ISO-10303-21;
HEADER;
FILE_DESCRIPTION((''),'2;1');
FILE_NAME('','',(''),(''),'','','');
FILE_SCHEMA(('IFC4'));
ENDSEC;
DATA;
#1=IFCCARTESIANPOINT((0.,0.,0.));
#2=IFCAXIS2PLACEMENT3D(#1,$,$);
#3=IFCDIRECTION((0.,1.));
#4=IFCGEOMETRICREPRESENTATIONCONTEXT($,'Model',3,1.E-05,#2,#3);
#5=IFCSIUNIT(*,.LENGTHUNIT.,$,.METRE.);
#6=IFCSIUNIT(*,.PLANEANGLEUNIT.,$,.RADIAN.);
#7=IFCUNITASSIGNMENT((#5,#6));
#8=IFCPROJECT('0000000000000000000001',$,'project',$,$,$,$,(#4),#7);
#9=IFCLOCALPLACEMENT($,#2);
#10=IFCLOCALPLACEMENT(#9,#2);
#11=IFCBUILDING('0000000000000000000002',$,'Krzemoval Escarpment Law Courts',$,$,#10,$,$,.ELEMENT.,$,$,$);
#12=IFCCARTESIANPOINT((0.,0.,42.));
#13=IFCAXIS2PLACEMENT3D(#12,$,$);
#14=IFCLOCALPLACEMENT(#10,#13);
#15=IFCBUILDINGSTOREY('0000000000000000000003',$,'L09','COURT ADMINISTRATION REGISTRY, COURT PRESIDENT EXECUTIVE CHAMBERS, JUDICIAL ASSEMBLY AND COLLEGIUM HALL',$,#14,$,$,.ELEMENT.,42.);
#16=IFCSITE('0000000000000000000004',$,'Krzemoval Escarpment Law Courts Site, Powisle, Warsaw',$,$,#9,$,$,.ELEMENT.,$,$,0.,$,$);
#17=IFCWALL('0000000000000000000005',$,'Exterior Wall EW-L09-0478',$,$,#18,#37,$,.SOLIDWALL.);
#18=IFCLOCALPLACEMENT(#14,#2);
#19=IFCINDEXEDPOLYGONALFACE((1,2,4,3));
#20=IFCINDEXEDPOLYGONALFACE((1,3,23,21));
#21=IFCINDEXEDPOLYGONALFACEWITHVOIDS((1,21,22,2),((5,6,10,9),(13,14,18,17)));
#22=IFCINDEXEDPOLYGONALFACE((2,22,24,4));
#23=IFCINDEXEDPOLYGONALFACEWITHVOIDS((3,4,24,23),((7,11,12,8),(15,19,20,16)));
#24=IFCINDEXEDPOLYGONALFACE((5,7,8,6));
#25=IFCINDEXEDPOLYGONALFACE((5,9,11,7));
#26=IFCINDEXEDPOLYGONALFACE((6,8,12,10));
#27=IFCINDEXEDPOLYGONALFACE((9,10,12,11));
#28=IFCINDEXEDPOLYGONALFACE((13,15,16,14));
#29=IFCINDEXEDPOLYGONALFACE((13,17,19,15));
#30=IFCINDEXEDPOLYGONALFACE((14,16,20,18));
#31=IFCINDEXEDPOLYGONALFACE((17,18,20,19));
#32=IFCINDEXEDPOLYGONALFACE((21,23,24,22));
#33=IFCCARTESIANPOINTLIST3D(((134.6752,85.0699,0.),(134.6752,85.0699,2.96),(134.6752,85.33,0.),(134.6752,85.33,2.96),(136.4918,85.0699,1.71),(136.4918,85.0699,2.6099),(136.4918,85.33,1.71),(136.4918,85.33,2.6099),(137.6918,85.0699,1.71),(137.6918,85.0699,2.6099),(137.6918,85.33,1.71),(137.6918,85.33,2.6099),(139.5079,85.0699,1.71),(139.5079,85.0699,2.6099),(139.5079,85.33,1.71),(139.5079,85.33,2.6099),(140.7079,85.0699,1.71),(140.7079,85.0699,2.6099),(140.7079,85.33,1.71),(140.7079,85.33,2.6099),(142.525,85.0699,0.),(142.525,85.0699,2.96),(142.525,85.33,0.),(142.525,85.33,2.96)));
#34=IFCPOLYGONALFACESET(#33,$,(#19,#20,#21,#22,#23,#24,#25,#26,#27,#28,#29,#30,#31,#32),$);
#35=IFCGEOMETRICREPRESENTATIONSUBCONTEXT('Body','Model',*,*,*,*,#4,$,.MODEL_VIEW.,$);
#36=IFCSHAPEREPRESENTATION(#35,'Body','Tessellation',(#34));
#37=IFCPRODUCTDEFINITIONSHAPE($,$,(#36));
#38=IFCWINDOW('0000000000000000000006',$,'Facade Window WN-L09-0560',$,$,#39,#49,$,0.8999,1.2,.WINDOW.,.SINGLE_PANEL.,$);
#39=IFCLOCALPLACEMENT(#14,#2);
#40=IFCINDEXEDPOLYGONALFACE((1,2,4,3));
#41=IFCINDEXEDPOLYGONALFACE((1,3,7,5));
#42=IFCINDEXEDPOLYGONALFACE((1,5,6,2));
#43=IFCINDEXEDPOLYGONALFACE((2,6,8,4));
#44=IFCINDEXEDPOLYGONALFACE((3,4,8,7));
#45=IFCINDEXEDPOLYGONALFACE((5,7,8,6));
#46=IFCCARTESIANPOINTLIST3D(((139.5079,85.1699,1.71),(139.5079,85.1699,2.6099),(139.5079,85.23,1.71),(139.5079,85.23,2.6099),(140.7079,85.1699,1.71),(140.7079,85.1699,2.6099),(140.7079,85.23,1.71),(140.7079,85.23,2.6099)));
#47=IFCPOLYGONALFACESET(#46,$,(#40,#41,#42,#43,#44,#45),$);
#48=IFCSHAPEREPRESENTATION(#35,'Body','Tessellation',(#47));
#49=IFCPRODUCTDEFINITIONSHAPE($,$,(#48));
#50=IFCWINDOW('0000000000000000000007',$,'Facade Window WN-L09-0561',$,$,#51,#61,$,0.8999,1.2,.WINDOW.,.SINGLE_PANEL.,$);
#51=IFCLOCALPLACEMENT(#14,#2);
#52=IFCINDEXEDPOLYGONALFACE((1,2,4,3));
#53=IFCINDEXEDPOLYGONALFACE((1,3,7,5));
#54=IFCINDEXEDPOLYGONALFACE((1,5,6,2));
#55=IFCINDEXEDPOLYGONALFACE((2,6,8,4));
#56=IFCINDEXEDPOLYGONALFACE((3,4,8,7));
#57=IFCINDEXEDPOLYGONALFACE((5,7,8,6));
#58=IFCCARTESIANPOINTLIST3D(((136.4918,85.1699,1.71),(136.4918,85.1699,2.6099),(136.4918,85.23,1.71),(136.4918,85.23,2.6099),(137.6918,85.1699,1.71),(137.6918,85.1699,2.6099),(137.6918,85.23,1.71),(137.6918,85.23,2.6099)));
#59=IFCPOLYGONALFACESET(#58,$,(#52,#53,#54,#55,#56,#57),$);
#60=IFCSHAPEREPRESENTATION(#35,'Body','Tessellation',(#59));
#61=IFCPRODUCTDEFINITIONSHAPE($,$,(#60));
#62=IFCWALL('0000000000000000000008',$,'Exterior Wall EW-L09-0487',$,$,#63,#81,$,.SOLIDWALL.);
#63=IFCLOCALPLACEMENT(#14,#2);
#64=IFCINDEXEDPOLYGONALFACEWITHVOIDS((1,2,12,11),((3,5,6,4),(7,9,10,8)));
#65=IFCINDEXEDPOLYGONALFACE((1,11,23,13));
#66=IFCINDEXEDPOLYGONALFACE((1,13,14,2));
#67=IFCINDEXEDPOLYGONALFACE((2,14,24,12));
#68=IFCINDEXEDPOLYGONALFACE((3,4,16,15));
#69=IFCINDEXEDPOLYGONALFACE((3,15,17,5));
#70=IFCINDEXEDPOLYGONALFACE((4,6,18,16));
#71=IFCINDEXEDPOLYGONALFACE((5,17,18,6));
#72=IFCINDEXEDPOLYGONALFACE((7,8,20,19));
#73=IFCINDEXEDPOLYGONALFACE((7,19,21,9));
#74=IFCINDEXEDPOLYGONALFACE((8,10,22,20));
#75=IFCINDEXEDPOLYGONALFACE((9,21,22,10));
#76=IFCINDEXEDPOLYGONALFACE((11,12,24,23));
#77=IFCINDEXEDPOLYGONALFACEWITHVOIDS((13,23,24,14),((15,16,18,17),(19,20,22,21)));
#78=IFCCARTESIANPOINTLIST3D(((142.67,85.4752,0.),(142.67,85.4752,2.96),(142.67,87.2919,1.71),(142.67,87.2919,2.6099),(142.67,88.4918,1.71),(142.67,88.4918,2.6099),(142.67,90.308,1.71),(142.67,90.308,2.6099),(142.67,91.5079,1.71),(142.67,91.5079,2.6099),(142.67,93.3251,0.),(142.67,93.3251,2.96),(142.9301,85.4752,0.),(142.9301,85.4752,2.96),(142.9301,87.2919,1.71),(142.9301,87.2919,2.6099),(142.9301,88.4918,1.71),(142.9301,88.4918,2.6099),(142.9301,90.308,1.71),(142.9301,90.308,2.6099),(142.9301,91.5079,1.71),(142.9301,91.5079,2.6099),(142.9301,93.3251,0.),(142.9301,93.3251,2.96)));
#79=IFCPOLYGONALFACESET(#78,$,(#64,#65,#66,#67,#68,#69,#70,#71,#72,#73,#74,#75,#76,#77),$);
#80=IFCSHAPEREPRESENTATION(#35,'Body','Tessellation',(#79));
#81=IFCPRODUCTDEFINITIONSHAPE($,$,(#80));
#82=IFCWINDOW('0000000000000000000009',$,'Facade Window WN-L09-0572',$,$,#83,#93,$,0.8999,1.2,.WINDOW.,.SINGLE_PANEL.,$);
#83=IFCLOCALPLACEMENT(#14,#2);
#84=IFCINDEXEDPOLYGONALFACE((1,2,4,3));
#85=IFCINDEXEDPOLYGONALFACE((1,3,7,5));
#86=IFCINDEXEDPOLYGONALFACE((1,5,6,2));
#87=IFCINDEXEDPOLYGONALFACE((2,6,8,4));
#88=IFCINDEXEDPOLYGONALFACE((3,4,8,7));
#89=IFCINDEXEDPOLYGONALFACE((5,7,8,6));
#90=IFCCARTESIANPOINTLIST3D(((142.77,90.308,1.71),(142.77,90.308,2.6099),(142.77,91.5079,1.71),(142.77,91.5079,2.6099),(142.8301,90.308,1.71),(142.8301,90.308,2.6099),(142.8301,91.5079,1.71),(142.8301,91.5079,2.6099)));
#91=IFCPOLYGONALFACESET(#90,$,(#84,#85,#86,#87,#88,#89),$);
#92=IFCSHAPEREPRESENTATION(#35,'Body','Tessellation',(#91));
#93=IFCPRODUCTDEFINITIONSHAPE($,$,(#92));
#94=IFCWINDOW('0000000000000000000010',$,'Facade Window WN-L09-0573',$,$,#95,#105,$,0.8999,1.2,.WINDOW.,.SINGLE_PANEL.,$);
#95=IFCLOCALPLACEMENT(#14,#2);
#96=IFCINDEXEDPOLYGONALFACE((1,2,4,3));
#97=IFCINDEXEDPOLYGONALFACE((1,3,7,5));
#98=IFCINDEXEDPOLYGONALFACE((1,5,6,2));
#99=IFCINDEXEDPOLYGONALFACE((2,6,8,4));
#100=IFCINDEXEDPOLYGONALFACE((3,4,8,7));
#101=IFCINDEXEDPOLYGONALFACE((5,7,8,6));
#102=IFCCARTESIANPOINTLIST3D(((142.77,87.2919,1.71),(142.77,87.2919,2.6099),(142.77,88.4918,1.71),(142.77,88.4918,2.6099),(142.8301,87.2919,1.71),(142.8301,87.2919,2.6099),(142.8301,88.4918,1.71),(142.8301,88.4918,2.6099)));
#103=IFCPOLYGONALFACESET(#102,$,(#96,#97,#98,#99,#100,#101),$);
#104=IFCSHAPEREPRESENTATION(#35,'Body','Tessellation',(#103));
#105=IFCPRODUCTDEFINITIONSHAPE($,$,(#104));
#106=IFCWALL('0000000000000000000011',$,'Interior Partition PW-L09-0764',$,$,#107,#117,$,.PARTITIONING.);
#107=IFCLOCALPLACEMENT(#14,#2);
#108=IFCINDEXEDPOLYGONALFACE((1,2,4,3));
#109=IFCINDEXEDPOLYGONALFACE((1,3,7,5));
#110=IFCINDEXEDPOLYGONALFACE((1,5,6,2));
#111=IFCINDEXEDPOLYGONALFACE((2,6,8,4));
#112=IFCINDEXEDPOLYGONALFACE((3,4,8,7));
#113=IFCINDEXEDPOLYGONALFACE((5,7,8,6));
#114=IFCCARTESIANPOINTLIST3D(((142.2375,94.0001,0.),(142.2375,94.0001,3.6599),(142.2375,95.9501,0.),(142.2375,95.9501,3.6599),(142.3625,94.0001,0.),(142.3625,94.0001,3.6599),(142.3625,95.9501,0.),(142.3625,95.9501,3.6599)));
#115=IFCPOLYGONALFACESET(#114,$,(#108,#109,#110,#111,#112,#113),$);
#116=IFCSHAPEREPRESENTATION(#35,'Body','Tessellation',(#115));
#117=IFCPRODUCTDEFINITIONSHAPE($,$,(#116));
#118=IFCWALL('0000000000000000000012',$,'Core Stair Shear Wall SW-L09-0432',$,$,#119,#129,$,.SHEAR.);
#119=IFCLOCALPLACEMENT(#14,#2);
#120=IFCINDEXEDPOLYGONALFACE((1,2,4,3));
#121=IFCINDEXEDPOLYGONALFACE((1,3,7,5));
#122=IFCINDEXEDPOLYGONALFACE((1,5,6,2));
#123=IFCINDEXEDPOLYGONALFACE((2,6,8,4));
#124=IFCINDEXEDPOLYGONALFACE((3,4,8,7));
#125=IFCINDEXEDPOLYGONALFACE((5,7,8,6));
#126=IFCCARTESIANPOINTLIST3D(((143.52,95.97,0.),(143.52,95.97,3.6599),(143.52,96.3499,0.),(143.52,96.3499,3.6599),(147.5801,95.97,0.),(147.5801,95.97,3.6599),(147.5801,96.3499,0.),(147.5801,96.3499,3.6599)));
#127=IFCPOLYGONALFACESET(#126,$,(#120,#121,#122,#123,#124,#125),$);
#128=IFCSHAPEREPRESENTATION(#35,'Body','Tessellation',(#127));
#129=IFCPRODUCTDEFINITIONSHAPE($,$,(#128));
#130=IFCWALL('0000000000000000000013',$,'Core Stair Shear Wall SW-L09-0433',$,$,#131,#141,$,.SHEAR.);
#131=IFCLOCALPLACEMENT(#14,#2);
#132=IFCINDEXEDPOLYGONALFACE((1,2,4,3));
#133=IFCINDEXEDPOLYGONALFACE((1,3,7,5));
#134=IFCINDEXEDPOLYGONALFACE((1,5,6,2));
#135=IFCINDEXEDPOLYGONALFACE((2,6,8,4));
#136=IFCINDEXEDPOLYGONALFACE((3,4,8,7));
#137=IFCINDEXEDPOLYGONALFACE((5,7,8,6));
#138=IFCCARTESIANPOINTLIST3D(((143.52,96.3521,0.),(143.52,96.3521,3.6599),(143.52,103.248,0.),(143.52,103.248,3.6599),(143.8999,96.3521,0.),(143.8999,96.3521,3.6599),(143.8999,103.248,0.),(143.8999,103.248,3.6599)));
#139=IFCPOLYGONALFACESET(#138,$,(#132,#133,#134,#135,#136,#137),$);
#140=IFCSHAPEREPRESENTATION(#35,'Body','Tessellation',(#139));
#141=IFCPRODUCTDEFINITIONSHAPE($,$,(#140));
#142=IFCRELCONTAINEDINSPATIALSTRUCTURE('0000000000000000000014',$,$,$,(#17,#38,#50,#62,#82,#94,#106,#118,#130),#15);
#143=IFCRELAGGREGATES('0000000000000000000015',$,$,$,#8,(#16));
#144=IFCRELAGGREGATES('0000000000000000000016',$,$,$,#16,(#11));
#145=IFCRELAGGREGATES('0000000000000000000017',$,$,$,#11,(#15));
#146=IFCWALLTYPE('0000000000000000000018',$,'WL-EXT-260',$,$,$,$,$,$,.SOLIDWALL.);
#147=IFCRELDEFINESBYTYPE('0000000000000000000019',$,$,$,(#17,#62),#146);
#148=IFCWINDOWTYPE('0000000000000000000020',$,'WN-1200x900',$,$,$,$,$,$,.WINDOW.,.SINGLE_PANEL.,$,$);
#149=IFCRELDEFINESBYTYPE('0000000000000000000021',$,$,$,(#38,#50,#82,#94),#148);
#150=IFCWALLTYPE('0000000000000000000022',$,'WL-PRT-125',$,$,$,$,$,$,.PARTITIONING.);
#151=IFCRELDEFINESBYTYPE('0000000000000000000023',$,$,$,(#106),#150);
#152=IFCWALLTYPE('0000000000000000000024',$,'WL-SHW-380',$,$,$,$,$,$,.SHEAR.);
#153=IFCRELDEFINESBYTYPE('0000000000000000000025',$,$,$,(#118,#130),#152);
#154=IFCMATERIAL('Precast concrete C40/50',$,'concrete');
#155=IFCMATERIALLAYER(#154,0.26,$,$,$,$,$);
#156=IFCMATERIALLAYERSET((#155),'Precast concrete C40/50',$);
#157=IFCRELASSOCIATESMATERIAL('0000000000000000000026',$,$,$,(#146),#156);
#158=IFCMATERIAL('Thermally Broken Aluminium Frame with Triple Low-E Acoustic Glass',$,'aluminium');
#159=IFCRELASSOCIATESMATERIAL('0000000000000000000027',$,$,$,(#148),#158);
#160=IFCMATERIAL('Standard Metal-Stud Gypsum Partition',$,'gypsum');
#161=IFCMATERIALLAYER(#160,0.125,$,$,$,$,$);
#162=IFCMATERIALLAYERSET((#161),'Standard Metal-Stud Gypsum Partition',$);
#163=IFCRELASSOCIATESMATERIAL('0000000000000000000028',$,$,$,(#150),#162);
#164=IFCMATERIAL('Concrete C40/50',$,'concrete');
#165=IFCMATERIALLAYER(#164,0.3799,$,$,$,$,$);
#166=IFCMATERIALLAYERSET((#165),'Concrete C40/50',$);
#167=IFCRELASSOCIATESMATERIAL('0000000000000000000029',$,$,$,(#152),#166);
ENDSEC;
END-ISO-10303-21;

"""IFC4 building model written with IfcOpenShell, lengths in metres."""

from ifc_helpers import new_model, si_unit, direction, frame, frame_2d, origin, place, context, subcontext, project, spatial, rectangle, extrude, material, layer, layer_set, type_object, element, fill, save


model = new_model("IFC4")

# Units and contexts
model_context = context("Model", 3, precision=1e-05, world=origin(), true_north=direction((0.0, 1.0)))
body_context = subcontext(model_context, "Body", "Model", "MODEL_VIEW")
ifc_project = project(units=[si_unit("LENGTHUNIT", "METRE"), si_unit("PLANEANGLEUNIT", "RADIAN")], contexts=[model_context])

# Site, building, storey
site_placement = place(None, origin())
site = spatial("IfcSite", under=ifc_project, at=site_placement, Name="Krzemoval Escarpment Law Courts Site, Powisle, Warsaw", CompositionType="ELEMENT", RefElevation=0.0)
building_placement = place(site_placement, origin())
building = spatial("IfcBuilding", under=site, at=building_placement, Name="Krzemoval Escarpment Law Courts", CompositionType="ELEMENT")
storey_placement = place(building_placement, frame((0.0, 0.0, 42.0)))
storey = spatial("IfcBuildingStorey", under=building, at=storey_placement, Name="L09", Description="COURT ADMINISTRATION REGISTRY, COURT PRESIDENT EXECUTIVE CHAMBERS, JUDICIAL ASSEMBLY AND COLLEGIUM HALL", CompositionType="ELEMENT", Elevation=42.0)

# Walls, openings, windows
ifc_material_1 = material(Name="Precast concrete C40/50", Category="concrete")
ifc_layer_1 = layer(ifc_material_1, 0.26)
ifc_layer_set_1 = layer_set([ifc_layer_1], Name="Precast concrete C40/50")
wall_type_1 = type_object("IfcWallType", Name="WL-EXT-260", PredefinedType="SOLIDWALL", material=ifc_layer_set_1)
wall_1_placement = place(storey_placement, frame((142.5249, 85.2, 0.0), z_axis=(0.0, 0.0, 1.0), x_axis=(-1.0, 0.0, 0.0)))
wall_1 = element("IfcWall", 1, at=wall_1_placement, inside=storey, type_object=wall_type_1, Name="Exterior Wall EW-L09-0478", PredefinedType="SOLIDWALL", context=body_context, shape_type="SweptSolid", body=[
    extrude(rectangle(XDim=7.8499, YDim=0.26, at=frame_2d((3.9248, 0.0))), origin(), (0.0, 0.0, 1.0), 2.96),
])
opening_1_placement = place(wall_1_placement, frame((1.8169, 0.0, 1.71)))
opening_1 = element("IfcOpeningElement", 2, at=opening_1_placement, cuts=wall_1, PredefinedType="OPENING", context=body_context, shape_type="SweptSolid", body=[
    extrude(rectangle(XDim=1.2, YDim=0.8999, at=frame_2d((0.6001, 0.45))), frame((0.0, 0.145, 0.0), z_axis=(0.0, -1.0, 0.0), x_axis=(1.0, 0.0, 0.0)), (0.0, 0.0, 1.0), 0.29),
])
opening_2_placement = place(wall_1_placement, frame((4.833, 0.0, 1.71)))
opening_2 = element("IfcOpeningElement", 3, at=opening_2_placement, cuts=wall_1, PredefinedType="OPENING", context=body_context, shape_type="SweptSolid", body=[
    extrude(rectangle(XDim=1.2, YDim=0.8999, at=frame_2d((0.6001, 0.45))), frame((0.0, 0.145, 0.0), z_axis=(0.0, -1.0, 0.0), x_axis=(1.0, 0.0, 0.0)), (0.0, 0.0, 1.0), 0.29),
])
ifc_material_2 = material(Name="Thermally Broken Aluminium Frame with Triple Low-E Acoustic Glass", Category="aluminium")
window_type = type_object("IfcWindowType", Name="WN-1200x900", PartitioningType="SINGLE_PANEL", PredefinedType="WINDOW", material=ifc_material_2)
window_1_placement = place(opening_1_placement, origin())
window_1 = element("IfcWindow", 4, at=window_1_placement, inside=storey, type_object=window_type, Name="Facade Window WN-L09-0560", OverallHeight=0.8999, OverallWidth=1.2, PartitioningType="SINGLE_PANEL", PredefinedType="WINDOW", context=body_context, shape_type="SweptSolid", body=[
    extrude(rectangle(XDim=1.2, YDim=0.8999, at=frame_2d((0.6001, 0.45))), frame((0.0, 0.03, 0.0), z_axis=(0.0, -1.0, 0.0), x_axis=(1.0, 0.0, 0.0)), (0.0, 0.0, 1.0), 0.0601),
])
fill(opening_1, window_1)
window_2_placement = place(opening_2_placement, origin())
window_2 = element("IfcWindow", 5, at=window_2_placement, inside=storey, type_object=window_type, Name="Facade Window WN-L09-0561", OverallHeight=0.8999, OverallWidth=1.2, PartitioningType="SINGLE_PANEL", PredefinedType="WINDOW", context=body_context, shape_type="SweptSolid", body=[
    extrude(rectangle(XDim=1.2, YDim=0.8999, at=frame_2d((0.6001, 0.45))), frame((0.0, 0.03, 0.0), z_axis=(0.0, -1.0, 0.0), x_axis=(1.0, 0.0, 0.0)), (0.0, 0.0, 1.0), 0.0601),
])
fill(opening_2, window_2)
wall_2_placement = place(storey_placement, frame((142.8, 93.325, 0.0), z_axis=(0.0, 0.0, 1.0), x_axis=(0.0, -1.0, 0.0)))
wall_2 = element("IfcWall", 6, at=wall_2_placement, inside=storey, type_object=wall_type_1, Name="Exterior Wall EW-L09-0487", PredefinedType="SOLIDWALL", context=body_context, shape_type="SweptSolid", body=[
    extrude(rectangle(XDim=7.8499, YDim=0.26, at=frame_2d((3.9248, 0.0))), origin(), (0.0, 0.0, 1.0), 2.96),
])
opening_3_placement = place(wall_2_placement, frame((1.8169, 0.0, 1.71)))
opening_3 = element("IfcOpeningElement", 7, at=opening_3_placement, cuts=wall_2, PredefinedType="OPENING", context=body_context, shape_type="SweptSolid", body=[
    extrude(rectangle(XDim=1.2, YDim=0.8999, at=frame_2d((0.6001, 0.45))), frame((0.0, 0.145, 0.0), z_axis=(0.0, -1.0, 0.0), x_axis=(1.0, 0.0, 0.0)), (0.0, 0.0, 1.0), 0.29),
])
opening_4_placement = place(wall_2_placement, frame((4.833, 0.0, 1.71)))
opening_4 = element("IfcOpeningElement", 8, at=opening_4_placement, cuts=wall_2, PredefinedType="OPENING", context=body_context, shape_type="SweptSolid", body=[
    extrude(rectangle(XDim=1.2, YDim=0.8999, at=frame_2d((0.6001, 0.45))), frame((0.0, 0.145, 0.0), z_axis=(0.0, -1.0, 0.0), x_axis=(1.0, 0.0, 0.0)), (0.0, 0.0, 1.0), 0.29),
])
window_3_placement = place(opening_3_placement, origin())
window_3 = element("IfcWindow", 9, at=window_3_placement, inside=storey, type_object=window_type, Name="Facade Window WN-L09-0572", OverallHeight=0.8999, OverallWidth=1.2, PartitioningType="SINGLE_PANEL", PredefinedType="WINDOW", context=body_context, shape_type="SweptSolid", body=[
    extrude(rectangle(XDim=1.2, YDim=0.8999, at=frame_2d((0.6001, 0.45))), frame((0.0, 0.03, 0.0), z_axis=(0.0, -1.0, 0.0), x_axis=(1.0, 0.0, 0.0)), (0.0, 0.0, 1.0), 0.0601),
])
fill(opening_3, window_3)
window_4_placement = place(opening_4_placement, origin())
window_4 = element("IfcWindow", 10, at=window_4_placement, inside=storey, type_object=window_type, Name="Facade Window WN-L09-0573", OverallHeight=0.8999, OverallWidth=1.2, PartitioningType="SINGLE_PANEL", PredefinedType="WINDOW", context=body_context, shape_type="SweptSolid", body=[
    extrude(rectangle(XDim=1.2, YDim=0.8999, at=frame_2d((0.6001, 0.45))), frame((0.0, 0.03, 0.0), z_axis=(0.0, -1.0, 0.0), x_axis=(1.0, 0.0, 0.0)), (0.0, 0.0, 1.0), 0.0601),
])
fill(opening_4, window_4)

# Walls
ifc_material_3 = material(Name="Standard Metal-Stud Gypsum Partition", Category="gypsum")
ifc_layer_2 = layer(ifc_material_3, 0.125)
ifc_layer_set_2 = layer_set([ifc_layer_2], Name="Standard Metal-Stud Gypsum Partition")
wall_type_2 = type_object("IfcWallType", Name="WL-PRT-125", PredefinedType="PARTITIONING", material=ifc_layer_set_2)
wall_3_placement = place(storey_placement, frame((142.3, 94.0, 0.0), z_axis=(0.0, 0.0, 1.0), x_axis=(0.0, 1.0, 0.0)))
element("IfcWall", 11, at=wall_3_placement, inside=storey, type_object=wall_type_2, Name="Interior Partition PW-L09-0764", PredefinedType="PARTITIONING", context=body_context, shape_type="SweptSolid", body=[
    extrude(rectangle(XDim=1.95, YDim=0.125, at=frame_2d((0.9751, 0.0))), origin(), (0.0, 0.0, 1.0), 3.6599),
])
ifc_material_4 = material(Name="Concrete C40/50", Category="concrete")
ifc_layer_3 = layer(ifc_material_4, 0.3799)
ifc_layer_set_3 = layer_set([ifc_layer_3], Name="Concrete C40/50")
wall_type_3 = type_object("IfcWallType", Name="WL-SHW-380", PredefinedType="SHEAR", material=ifc_layer_set_3)
wall_4_placement = place(storey_placement, frame((143.52, 96.1599, 0.0), z_axis=(0.0, 0.0, 1.0), x_axis=(1.0, 0.0, 0.0)))
element("IfcWall", 12, at=wall_4_placement, inside=storey, type_object=wall_type_3, Name="Core Stair Shear Wall SW-L09-0432", PredefinedType="SHEAR", context=body_context, shape_type="SweptSolid", body=[
    extrude(rectangle(XDim=4.0601, YDim=0.3799, at=frame_2d((2.03, 0.0))), origin(), (0.0, 0.0, 1.0), 3.6599),
])
wall_5_placement = place(storey_placement, frame((143.71, 96.3521, 0.0), z_axis=(0.0, 0.0, 1.0), x_axis=(0.0, 1.0, 0.0)))
element("IfcWall", 13, at=wall_5_placement, inside=storey, type_object=wall_type_3, Name="Core Stair Shear Wall SW-L09-0433", PredefinedType="SHEAR", context=body_context, shape_type="SweptSolid", body=[
    extrude(rectangle(XDim=6.896, YDim=0.3799, at=frame_2d((3.448, 0.0))), origin(), (0.0, 0.0, 1.0), 3.6599),
])

save(model, "model.ifc")
